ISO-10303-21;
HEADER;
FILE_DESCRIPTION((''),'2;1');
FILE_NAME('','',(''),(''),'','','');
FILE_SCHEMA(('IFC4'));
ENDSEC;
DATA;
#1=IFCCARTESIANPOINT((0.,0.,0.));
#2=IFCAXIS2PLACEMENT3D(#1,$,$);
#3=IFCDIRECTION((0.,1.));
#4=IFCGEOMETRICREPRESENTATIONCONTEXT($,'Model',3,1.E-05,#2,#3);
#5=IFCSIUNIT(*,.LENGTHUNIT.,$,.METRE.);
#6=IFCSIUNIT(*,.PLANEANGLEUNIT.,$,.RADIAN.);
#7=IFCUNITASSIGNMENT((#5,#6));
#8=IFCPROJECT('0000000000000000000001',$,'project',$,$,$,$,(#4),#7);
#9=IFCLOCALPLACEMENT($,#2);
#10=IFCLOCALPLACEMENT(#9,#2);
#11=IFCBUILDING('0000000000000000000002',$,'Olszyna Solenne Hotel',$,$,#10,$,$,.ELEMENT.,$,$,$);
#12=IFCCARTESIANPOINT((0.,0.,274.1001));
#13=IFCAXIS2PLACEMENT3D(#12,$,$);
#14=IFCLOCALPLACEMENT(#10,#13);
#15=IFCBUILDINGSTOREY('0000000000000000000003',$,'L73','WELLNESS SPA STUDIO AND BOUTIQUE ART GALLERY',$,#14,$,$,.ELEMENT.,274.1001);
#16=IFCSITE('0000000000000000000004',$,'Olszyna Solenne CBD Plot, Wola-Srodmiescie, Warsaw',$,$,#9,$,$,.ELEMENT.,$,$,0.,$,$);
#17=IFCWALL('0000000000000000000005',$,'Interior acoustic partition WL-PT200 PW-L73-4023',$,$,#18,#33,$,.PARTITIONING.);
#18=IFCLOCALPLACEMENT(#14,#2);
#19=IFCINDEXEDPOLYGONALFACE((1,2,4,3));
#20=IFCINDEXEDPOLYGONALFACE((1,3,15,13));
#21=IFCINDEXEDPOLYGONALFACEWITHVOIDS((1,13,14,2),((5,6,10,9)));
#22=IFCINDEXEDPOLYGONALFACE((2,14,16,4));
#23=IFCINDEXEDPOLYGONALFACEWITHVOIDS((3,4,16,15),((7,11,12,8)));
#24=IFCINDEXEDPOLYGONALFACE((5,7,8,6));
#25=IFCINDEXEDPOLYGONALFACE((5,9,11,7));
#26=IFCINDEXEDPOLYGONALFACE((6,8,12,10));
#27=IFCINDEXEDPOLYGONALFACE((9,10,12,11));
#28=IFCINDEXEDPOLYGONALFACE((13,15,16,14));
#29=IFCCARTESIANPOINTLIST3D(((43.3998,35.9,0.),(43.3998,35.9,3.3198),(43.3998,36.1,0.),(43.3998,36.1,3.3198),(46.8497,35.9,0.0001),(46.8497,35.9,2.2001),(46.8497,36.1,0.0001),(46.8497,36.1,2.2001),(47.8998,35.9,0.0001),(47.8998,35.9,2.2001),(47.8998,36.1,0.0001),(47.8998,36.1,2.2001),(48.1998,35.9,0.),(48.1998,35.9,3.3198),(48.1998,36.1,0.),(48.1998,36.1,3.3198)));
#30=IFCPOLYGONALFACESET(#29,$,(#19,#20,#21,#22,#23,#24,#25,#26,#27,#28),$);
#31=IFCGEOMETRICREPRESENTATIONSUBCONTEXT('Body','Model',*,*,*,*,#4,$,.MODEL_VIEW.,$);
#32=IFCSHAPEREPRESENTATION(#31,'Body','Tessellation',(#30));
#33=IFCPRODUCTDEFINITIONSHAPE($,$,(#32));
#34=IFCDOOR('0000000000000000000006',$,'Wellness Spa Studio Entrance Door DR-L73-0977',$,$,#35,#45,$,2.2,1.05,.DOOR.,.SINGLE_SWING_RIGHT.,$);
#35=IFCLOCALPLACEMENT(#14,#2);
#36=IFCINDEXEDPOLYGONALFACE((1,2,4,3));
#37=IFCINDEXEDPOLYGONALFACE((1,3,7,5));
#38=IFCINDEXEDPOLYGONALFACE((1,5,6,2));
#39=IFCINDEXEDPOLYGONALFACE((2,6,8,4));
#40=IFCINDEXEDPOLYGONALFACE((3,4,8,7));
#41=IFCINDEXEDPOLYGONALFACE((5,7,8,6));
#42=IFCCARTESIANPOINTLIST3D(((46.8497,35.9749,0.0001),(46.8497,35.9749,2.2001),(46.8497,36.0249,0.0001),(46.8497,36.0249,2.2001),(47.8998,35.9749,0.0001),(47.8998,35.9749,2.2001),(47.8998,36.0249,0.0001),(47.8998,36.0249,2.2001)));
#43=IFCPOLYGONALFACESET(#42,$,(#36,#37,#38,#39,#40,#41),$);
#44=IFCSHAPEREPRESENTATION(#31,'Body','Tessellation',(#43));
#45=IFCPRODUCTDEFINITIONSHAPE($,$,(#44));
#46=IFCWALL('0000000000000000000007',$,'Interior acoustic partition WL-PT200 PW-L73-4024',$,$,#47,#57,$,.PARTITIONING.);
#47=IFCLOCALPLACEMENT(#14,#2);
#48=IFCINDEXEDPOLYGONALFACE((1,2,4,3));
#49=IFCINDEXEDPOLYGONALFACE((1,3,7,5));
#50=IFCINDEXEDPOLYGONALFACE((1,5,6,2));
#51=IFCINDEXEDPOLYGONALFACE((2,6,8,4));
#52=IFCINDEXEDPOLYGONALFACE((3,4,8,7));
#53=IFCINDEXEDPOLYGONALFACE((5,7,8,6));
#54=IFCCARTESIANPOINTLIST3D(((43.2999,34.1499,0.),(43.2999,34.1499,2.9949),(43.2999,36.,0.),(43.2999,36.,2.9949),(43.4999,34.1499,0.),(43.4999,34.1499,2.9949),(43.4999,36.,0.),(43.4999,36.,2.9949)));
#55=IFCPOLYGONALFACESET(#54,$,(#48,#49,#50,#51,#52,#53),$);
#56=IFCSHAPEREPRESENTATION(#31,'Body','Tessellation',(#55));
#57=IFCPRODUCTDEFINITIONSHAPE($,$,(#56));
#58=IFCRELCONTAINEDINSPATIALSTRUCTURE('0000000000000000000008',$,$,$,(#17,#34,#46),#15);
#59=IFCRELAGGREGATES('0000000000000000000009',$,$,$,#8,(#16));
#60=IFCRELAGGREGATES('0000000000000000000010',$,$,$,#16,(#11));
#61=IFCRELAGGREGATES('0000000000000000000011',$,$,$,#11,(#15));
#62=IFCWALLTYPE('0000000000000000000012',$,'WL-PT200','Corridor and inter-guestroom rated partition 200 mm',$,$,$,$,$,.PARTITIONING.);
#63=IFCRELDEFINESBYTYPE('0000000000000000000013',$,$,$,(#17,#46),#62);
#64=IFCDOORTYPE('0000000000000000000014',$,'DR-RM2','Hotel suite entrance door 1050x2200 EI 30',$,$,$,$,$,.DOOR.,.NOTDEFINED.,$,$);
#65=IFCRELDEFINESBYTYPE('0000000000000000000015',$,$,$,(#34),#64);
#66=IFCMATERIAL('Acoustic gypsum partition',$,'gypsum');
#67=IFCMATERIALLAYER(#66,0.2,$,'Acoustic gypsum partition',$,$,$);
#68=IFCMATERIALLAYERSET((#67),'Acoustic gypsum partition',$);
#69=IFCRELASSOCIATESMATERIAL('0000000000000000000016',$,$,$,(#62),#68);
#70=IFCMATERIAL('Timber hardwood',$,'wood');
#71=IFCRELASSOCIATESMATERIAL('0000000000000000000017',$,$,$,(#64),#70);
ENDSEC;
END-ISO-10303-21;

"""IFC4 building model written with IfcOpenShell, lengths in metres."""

from ifc_helpers import new_model, si_unit, direction, frame, frame_2d, origin, place, context, subcontext, project, spatial, rectangle, extrude, source, transform, mapped, material, layer, layer_set, type_object, type_shapes, element, fill, save


model = new_model("IFC4")

# Units and contexts
model_context = context("Model", 3, precision=1e-05, world=origin(), true_north=direction((0.0, 1.0)))
body_context = subcontext(model_context, "Body", "Model", "MODEL_VIEW")
ifc_project = project(units=[si_unit("LENGTHUNIT", "METRE"), si_unit("PLANEANGLEUNIT", "RADIAN")], contexts=[model_context])

# Site, building, storey
site_placement = place(None, origin())
site = spatial("IfcSite", under=ifc_project, at=site_placement, Name="Olszyna Solenne CBD Plot, Wola-Srodmiescie, Warsaw", CompositionType="ELEMENT", RefElevation=0.0)
building_placement = place(site_placement, origin())
building = spatial("IfcBuilding", under=site, at=building_placement, Name="Olszyna Solenne Hotel", CompositionType="ELEMENT")
storey_placement = place(building_placement, frame((0.0, 0.0, 274.1001)))
storey = spatial("IfcBuildingStorey", under=building, at=storey_placement, Name="L73", Description="WELLNESS SPA STUDIO AND BOUTIQUE ART GALLERY", CompositionType="ELEMENT", Elevation=274.1001)

# Shared definitions
ifc_material_1 = material(Name="Timber hardwood", Category="wood")

# Shared definitions
ifc_material_2 = material(Name="Acoustic gypsum partition", Category="gypsum")
ifc_layer_1 = layer(ifc_material_2, 0.2, Name="Acoustic gypsum partition")
ifc_layer_set_1 = layer_set([ifc_layer_1], Name="Acoustic gypsum partition")
wall_type_1 = type_object("IfcWallType", Name="WL-PT200", Description="Corridor and inter-guestroom rated partition 200 mm", PredefinedType="PARTITIONING", material=ifc_layer_set_1)

# Wall, opening, door
wall_1_placement = place(storey_placement, frame((43.3999, 36.0, 0.0), z_axis=(0.0, 0.0, 1.0), x_axis=(1.0, 0.0, 0.0)))
wall_1 = element("IfcWall", 1, at=wall_1_placement, inside=storey, type_object=wall_type_1, Name="Interior acoustic partition WL-PT200 PW-L73-4023", PredefinedType="PARTITIONING", context=body_context, shape_type="SweptSolid", body=[
    extrude(rectangle(XDim=4.8, YDim=0.2, at=frame_2d((2.3999, 0.0))), origin(), (0.0, 0.0, 1.0), 3.3198),
])
opening_1_placement = place(wall_1_placement, frame((3.45, 0.0, 0.0)))
opening_1 = element("IfcOpeningElement", 2, at=opening_1_placement, cuts=wall_1, PredefinedType="OPENING", context=body_context, shape_type="SweptSolid", body=[
    extrude(rectangle(XDim=1.05, YDim=2.2, at=frame_2d((0.5249, 1.1001))), frame((0.0, 0.1099, 0.0), z_axis=(0.0, -1.0, 0.0), x_axis=(1.0, 0.0, 0.0)), (0.0, 0.0, 1.0), 0.22),
])
door_type_1 = type_object("IfcDoorType", Name="DR-RM2", Description="Hotel suite entrance door 1050x2200 EI 30", OperationType="NOTDEFINED", PredefinedType="DOOR", material=ifc_material_1)
shared_shape_1 = source(origin(), body_context, "Body", "SweptSolid", [
    extrude(rectangle(XDim=1.05, YDim=2.2, at=frame_2d((0.5249, 1.1001))), frame((0.0, 0.0249, 0.0), z_axis=(0.0, -1.0, 0.0), x_axis=(1.0, 0.0, 0.0)), (0.0, 0.0, 1.0), 0.05),
])
type_shapes(door_type_1, [shared_shape_1])
door_1_placement = place(opening_1_placement, origin())
door_1 = element("IfcDoor", 3, at=door_1_placement, inside=storey, type_object=door_type_1, Name="Wellness Spa Studio Entrance Door DR-L73-0977", OperationType="SINGLE_SWING_RIGHT", OverallHeight=2.2, OverallWidth=1.05, PredefinedType="DOOR", context=body_context, shape_type="MappedRepresentation", body=[
    mapped(shared_shape_1, transform((0.0, 0.0, 0.0), x_axis=(1.0, 0.0, 0.0), y_axis=(0.0, 1.0, 0.0), z_axis=(0.0, 0.0, 1.0), scale=1.0)),
])
fill(opening_1, door_1)

# Wall
wall_2_placement = place(storey_placement, frame((43.3999, 34.1499, 0.0), z_axis=(0.0, 0.0, 1.0), x_axis=(0.0, 1.0, 0.0)))
element("IfcWall", 4, at=wall_2_placement, inside=storey, type_object=wall_type_1, Name="Interior acoustic partition WL-PT200 PW-L73-4024", PredefinedType="PARTITIONING", context=body_context, shape_type="SweptSolid", body=[
    extrude(rectangle(XDim=1.8501, YDim=0.2, at=frame_2d((0.925, 0.0))), origin(), (0.0, 0.0, 1.0), 2.9949),
])

save(model, "model.ifc")
